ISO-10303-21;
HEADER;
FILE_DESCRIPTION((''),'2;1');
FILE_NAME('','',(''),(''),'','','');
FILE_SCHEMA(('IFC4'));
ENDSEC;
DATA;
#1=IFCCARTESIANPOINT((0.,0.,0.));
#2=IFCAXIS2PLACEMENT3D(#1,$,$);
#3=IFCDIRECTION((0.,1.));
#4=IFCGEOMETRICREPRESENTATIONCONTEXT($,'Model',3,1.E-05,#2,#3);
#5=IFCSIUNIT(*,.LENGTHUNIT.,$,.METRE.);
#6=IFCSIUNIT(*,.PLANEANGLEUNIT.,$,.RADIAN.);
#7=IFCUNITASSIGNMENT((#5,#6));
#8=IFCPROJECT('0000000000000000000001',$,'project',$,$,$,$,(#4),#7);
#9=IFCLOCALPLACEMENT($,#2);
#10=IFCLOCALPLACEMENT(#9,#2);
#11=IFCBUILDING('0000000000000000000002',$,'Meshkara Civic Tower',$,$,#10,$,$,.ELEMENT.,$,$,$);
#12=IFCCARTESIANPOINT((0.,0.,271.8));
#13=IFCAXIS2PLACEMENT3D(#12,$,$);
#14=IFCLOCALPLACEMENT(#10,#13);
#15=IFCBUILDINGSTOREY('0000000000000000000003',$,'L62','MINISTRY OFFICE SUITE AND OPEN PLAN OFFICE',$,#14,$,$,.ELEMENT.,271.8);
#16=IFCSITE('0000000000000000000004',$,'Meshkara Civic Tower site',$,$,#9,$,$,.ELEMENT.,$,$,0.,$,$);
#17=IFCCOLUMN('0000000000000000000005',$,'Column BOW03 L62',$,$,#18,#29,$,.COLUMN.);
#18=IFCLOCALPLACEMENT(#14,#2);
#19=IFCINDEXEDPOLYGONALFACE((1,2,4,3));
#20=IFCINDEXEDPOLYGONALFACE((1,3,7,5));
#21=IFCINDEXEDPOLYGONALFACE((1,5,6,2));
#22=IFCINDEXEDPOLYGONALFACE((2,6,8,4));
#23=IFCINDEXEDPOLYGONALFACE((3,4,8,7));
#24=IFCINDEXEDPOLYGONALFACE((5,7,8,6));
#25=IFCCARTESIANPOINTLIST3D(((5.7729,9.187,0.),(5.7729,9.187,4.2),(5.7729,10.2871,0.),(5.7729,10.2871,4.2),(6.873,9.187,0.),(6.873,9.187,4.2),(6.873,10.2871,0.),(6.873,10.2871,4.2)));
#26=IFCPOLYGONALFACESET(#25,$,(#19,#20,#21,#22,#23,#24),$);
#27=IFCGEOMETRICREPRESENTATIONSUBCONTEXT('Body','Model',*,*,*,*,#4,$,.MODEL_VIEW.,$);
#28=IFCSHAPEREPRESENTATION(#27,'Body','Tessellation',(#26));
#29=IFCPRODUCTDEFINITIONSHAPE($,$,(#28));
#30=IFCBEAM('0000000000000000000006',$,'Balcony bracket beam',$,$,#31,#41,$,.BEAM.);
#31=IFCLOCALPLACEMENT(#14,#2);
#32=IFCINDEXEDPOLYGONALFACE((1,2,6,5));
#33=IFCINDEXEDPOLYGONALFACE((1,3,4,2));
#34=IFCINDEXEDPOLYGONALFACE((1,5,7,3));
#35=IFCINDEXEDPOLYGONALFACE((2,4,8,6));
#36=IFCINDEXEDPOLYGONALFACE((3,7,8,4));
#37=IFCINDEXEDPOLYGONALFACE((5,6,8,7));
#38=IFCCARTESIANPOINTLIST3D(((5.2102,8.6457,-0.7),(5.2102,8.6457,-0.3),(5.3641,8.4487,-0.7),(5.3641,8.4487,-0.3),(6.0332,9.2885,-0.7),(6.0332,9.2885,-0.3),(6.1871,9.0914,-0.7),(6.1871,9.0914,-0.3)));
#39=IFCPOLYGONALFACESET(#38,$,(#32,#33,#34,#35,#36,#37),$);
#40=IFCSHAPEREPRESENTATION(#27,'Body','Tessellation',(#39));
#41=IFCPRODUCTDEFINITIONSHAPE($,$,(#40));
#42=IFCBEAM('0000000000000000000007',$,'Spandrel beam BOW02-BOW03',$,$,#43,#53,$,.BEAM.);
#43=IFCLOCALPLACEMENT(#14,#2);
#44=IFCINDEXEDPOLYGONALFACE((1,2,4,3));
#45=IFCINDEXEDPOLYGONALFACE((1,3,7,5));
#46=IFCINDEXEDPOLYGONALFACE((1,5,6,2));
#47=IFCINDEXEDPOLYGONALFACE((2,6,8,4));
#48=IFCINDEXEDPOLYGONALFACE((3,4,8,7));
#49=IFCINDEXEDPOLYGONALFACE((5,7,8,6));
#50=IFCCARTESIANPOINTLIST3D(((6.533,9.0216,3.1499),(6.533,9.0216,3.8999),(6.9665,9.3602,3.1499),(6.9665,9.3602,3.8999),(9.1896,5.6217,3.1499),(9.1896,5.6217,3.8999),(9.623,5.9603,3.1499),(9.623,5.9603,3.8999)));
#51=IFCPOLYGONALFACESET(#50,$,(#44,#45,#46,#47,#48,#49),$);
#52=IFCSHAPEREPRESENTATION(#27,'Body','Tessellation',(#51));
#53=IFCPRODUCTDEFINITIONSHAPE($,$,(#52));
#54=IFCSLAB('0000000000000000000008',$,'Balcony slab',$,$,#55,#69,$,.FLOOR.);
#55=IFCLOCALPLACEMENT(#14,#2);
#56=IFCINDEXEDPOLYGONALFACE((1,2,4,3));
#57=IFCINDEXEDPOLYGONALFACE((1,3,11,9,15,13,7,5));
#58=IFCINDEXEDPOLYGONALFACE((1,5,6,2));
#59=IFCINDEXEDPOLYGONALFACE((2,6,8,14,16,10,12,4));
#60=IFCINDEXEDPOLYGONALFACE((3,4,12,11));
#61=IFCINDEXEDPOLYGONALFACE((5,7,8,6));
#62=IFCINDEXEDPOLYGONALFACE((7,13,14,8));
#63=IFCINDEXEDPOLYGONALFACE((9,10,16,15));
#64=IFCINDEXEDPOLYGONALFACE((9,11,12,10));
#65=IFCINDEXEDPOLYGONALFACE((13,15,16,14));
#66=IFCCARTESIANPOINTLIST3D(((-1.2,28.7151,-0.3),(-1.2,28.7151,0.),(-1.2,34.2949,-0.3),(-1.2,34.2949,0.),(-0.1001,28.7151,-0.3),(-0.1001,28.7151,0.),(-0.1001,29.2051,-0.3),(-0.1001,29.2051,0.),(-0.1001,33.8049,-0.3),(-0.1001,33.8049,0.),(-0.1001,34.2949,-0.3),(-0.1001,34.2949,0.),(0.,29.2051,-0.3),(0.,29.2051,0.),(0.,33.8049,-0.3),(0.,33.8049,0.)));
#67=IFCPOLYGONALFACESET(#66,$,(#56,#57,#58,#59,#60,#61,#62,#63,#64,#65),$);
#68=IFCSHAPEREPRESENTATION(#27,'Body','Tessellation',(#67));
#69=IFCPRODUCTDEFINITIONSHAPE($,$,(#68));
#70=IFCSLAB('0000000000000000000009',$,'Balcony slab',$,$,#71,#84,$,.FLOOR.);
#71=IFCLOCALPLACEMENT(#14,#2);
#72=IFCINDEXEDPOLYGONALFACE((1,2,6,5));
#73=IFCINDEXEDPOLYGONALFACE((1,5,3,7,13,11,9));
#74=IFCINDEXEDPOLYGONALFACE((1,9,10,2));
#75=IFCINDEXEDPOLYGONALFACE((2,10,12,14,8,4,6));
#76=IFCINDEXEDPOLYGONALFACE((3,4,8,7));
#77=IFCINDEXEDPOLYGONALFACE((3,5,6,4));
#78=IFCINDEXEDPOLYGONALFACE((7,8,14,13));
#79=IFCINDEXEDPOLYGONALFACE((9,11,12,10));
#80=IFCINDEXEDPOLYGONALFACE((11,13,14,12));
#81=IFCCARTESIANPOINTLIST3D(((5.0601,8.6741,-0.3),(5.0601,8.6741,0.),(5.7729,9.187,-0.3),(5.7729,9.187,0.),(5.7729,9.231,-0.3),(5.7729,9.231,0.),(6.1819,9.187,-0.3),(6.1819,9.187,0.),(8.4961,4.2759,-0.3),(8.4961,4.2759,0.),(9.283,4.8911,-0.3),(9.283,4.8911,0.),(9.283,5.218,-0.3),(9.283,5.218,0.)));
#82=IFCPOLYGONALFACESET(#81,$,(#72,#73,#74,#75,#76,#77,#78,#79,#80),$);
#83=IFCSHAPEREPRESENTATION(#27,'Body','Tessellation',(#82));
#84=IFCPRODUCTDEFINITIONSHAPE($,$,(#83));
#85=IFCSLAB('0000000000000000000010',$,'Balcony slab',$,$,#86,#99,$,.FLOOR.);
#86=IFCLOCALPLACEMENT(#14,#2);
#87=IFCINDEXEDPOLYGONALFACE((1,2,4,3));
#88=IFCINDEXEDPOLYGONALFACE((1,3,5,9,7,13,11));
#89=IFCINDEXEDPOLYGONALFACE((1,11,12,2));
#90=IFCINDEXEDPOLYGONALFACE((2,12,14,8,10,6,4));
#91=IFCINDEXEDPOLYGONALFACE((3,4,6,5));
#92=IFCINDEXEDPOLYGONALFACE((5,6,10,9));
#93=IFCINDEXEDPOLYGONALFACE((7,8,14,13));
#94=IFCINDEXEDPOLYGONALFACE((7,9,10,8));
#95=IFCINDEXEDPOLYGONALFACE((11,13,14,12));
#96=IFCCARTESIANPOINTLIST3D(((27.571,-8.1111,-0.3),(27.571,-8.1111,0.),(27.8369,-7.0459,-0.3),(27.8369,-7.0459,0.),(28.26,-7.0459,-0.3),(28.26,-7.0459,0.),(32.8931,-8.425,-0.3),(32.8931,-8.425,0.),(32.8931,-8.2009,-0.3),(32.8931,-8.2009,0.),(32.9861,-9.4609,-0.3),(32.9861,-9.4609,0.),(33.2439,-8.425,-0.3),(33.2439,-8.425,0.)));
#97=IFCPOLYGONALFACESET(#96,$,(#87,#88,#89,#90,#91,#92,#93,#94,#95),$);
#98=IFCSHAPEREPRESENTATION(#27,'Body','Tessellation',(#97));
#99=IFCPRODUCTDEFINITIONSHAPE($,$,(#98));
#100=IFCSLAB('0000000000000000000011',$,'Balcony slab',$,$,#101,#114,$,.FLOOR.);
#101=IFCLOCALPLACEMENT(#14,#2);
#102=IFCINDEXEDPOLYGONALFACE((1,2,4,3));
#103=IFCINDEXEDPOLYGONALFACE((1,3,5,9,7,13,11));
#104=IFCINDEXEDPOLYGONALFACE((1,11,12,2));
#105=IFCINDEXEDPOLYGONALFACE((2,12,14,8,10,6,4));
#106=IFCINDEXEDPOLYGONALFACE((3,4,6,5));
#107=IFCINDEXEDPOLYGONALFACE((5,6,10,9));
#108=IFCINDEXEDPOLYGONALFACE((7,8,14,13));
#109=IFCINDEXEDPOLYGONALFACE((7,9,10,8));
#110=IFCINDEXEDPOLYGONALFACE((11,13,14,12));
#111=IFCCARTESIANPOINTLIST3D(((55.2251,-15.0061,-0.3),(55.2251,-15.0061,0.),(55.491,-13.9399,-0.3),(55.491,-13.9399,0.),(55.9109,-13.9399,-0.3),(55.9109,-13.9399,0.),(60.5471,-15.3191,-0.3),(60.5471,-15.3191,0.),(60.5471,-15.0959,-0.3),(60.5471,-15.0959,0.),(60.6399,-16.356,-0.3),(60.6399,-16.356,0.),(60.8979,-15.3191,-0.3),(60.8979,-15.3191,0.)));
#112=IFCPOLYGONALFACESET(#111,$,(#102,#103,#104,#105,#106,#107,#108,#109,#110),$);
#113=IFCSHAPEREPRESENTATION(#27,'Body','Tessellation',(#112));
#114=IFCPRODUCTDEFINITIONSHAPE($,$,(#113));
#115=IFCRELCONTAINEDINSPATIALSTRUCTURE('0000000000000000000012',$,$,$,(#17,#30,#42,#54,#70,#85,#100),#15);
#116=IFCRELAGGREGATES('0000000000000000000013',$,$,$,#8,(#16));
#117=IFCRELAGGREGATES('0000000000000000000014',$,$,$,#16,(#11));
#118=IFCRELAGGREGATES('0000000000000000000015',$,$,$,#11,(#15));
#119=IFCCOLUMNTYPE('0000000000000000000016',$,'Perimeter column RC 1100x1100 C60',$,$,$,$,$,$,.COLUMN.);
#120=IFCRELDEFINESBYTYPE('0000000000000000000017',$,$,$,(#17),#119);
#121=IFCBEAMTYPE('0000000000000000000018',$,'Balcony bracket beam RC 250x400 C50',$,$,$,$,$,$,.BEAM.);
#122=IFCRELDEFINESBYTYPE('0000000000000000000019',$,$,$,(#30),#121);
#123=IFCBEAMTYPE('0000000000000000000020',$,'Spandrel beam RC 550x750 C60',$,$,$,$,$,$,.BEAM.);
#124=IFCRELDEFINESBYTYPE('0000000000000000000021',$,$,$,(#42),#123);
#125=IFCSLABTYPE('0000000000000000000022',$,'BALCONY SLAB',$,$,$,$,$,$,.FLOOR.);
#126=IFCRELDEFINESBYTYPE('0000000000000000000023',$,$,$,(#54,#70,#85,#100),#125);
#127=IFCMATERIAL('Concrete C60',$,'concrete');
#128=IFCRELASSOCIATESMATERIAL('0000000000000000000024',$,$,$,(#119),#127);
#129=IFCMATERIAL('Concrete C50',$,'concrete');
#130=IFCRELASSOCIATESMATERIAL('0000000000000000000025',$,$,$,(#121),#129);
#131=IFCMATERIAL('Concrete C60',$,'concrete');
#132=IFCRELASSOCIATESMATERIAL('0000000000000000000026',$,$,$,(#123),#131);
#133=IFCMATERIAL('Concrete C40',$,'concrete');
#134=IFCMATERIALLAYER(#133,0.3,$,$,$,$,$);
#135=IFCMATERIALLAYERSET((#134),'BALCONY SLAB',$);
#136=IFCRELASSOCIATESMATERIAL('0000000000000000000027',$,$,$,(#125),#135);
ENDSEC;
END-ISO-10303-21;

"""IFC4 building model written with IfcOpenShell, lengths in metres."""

from ifc_helpers import new_model, si_unit, direction, frame, origin, origin_2d, place, context, subcontext, project, spatial, polyline, rectangle, outline, extrude, material, layer, layer_set, material_profile, profile_set, type_object, element, save


model = new_model("IFC4")

# Units and contexts
model_context = context("Model", 3, precision=1e-05, world=origin(), true_north=direction((0.0, 1.0)))
body_context = subcontext(model_context, "Body", "Model", "MODEL_VIEW")
ifc_project = project(units=[si_unit("LENGTHUNIT", "METRE"), si_unit("PLANEANGLEUNIT", "RADIAN")], contexts=[model_context])

# Site, building, storey
site_placement = place(None, origin())
site = spatial("IfcSite", under=ifc_project, at=site_placement, Name="Meshkara Civic Tower site", CompositionType="ELEMENT", RefElevation=0.0)
building_placement = place(site_placement, origin())
building = spatial("IfcBuilding", under=site, at=building_placement, Name="Meshkara Civic Tower", CompositionType="ELEMENT")
storey_placement = place(building_placement, frame((0.0, 0.0, 271.8)))
storey = spatial("IfcBuildingStorey", under=building, at=storey_placement, Name="L62", Description="MINISTRY OFFICE SUITE AND OPEN PLAN OFFICE", CompositionType="ELEMENT", Elevation=271.8)

# Column
ifc_material_1 = material(Name="Concrete C60", Category="concrete")
ifc_material_profile_1 = material_profile(ifc_material_1, rectangle(XDim=1.1001, YDim=1.1001, at=origin_2d()))
ifc_profile_set_1 = profile_set([ifc_material_profile_1], Name="Concrete C60")
column_type = type_object("IfcColumnType", Name="Perimeter column RC 1100x1100 C60", PredefinedType="COLUMN", material=ifc_profile_set_1)
column_placement = place(storey_placement, frame((6.323, 9.7371, 0.0), z_axis=(0.0, 0.0, 1.0), x_axis=(1.0, 0.0, 0.0)))
element("IfcColumn", 1, at=column_placement, inside=storey, type_object=column_type, Name="Column BOW03 L62", PredefinedType="COLUMN", context=body_context, shape_type="SweptSolid", body=[
    extrude(rectangle(XDim=1.1001, YDim=1.1001, at=origin_2d()), origin(), (0.0, 0.0, 1.0), 4.2),
])

# Beams
ifc_material_2 = material(Name="Concrete C50", Category="concrete")
ifc_material_profile_2 = material_profile(ifc_material_2, rectangle(XDim=0.25, YDim=0.3999, at=origin_2d()))
ifc_profile_set_2 = profile_set([ifc_material_profile_2], Name="Concrete C50")
beam_type_1 = type_object("IfcBeamType", Name="Balcony bracket beam RC 250x400 C50", PredefinedType="BEAM", material=ifc_profile_set_2)
beam_1_placement = place(storey_placement, frame((6.1101, 9.1899, -0.5), z_axis=(-0.788092, -0.615558, 0.0), x_axis=(0.615558, -0.788092, 0.0)))
element("IfcBeam", 2, at=beam_1_placement, inside=storey, type_object=beam_type_1, Name="Balcony bracket beam", PredefinedType="BEAM", context=body_context, shape_type="SweptSolid", body=[
    extrude(rectangle(XDim=0.25, YDim=0.3999, at=origin_2d()), origin(), (0.0, 0.0, 1.0), 1.0442),
])
ifc_material_3 = material(Name="Concrete C60", Category="concrete")
ifc_material_profile_3 = material_profile(ifc_material_3, rectangle(XDim=0.55, YDim=0.75, at=origin_2d()))
ifc_profile_set_3 = profile_set([ifc_material_profile_3], Name="Concrete C60")
beam_type_2 = type_object("IfcBeamType", Name="Spandrel beam RC 550x750 C60", PredefinedType="BEAM", material=ifc_profile_set_3)
beam_2_placement = place(storey_placement, frame((6.7498, 9.1909, 3.5249), z_axis=(0.61569, -0.787988, 0.0), x_axis=(0.787988, 0.61569, 0.0)))
element("IfcBeam", 3, at=beam_2_placement, inside=storey, type_object=beam_type_2, Name="Spandrel beam BOW02-BOW03", PredefinedType="BEAM", context=body_context, shape_type="SweptSolid", body=[
    extrude(rectangle(XDim=0.55, YDim=0.75, at=origin_2d()), origin(), (0.0, 0.0, 1.0), 4.3147),
])

# Slabs
ifc_material_4 = material(Name="Concrete C40", Category="concrete")
ifc_layer_1 = layer(ifc_material_4, 0.3)
ifc_layer_set_1 = layer_set([ifc_layer_1], Name="BALCONY SLAB")
slab_type_1 = type_object("IfcSlabType", Name="BALCONY SLAB", PredefinedType="FLOOR", material=ifc_layer_set_1)
slab_1_placement = place(storey_placement, frame((0.0, 0.0, -0.3)))
element("IfcSlab", 4, at=slab_1_placement, inside=storey, type_object=slab_type_1, Name="Balcony slab", PredefinedType="FLOOR", context=body_context, shape_type="SweptSolid", body=[
    extrude(outline(polyline([(-1.2, 28.7151), (-1.2, 34.2949), (-0.1001, 34.2949), (-0.1001, 33.8049), (0.0, 33.8049), (0.0, 29.2051), (-0.1001, 29.2051), (-0.1001, 28.7151), (-1.2, 28.7151)])), origin(), (0.0, 0.0, 1.0), 0.3),
])
slab_2_placement = place(storey_placement, frame((0.0, 0.0, -0.3)))
element("IfcSlab", 5, at=slab_2_placement, inside=storey, type_object=slab_type_1, Name="Balcony slab", PredefinedType="FLOOR", context=body_context, shape_type="SweptSolid", body=[
    extrude(outline(polyline([(8.4961, 4.2759), (5.0601, 8.6741), (5.7729, 9.231), (5.7729, 9.187), (6.1819, 9.187), (9.283, 5.218), (9.283, 4.8911), (8.4961, 4.2759)])), origin(), (0.0, 0.0, 1.0), 0.3),
])
slab_3_placement = place(storey_placement, frame((0.0, 0.0, -0.3)))
element("IfcSlab", 6, at=slab_3_placement, inside=storey, type_object=slab_type_1, Name="Balcony slab", PredefinedType="FLOOR", context=body_context, shape_type="SweptSolid", body=[
    extrude(outline(polyline([(32.9861, -9.4609), (27.571, -8.1111), (27.8369, -7.0459), (28.26, -7.0459), (32.8931, -8.2009), (32.8931, -8.425), (33.2439, -8.425), (32.9861, -9.4609)])), origin(), (0.0, 0.0, 1.0), 0.3),
])
slab_4_placement = place(storey_placement, frame((0.0, 0.0, -0.3)))
element("IfcSlab", 7, at=slab_4_placement, inside=storey, type_object=slab_type_1, Name="Balcony slab", PredefinedType="FLOOR", context=body_context, shape_type="SweptSolid", body=[
    extrude(outline(polyline([(60.6399, -16.356), (55.2251, -15.0061), (55.491, -13.9399), (55.9109, -13.9399), (60.5471, -15.0959), (60.5471, -15.3191), (60.8979, -15.3191), (60.6399, -16.356)])), origin(), (0.0, 0.0, 1.0), 0.3),
])

save(model, "model.ifc")
